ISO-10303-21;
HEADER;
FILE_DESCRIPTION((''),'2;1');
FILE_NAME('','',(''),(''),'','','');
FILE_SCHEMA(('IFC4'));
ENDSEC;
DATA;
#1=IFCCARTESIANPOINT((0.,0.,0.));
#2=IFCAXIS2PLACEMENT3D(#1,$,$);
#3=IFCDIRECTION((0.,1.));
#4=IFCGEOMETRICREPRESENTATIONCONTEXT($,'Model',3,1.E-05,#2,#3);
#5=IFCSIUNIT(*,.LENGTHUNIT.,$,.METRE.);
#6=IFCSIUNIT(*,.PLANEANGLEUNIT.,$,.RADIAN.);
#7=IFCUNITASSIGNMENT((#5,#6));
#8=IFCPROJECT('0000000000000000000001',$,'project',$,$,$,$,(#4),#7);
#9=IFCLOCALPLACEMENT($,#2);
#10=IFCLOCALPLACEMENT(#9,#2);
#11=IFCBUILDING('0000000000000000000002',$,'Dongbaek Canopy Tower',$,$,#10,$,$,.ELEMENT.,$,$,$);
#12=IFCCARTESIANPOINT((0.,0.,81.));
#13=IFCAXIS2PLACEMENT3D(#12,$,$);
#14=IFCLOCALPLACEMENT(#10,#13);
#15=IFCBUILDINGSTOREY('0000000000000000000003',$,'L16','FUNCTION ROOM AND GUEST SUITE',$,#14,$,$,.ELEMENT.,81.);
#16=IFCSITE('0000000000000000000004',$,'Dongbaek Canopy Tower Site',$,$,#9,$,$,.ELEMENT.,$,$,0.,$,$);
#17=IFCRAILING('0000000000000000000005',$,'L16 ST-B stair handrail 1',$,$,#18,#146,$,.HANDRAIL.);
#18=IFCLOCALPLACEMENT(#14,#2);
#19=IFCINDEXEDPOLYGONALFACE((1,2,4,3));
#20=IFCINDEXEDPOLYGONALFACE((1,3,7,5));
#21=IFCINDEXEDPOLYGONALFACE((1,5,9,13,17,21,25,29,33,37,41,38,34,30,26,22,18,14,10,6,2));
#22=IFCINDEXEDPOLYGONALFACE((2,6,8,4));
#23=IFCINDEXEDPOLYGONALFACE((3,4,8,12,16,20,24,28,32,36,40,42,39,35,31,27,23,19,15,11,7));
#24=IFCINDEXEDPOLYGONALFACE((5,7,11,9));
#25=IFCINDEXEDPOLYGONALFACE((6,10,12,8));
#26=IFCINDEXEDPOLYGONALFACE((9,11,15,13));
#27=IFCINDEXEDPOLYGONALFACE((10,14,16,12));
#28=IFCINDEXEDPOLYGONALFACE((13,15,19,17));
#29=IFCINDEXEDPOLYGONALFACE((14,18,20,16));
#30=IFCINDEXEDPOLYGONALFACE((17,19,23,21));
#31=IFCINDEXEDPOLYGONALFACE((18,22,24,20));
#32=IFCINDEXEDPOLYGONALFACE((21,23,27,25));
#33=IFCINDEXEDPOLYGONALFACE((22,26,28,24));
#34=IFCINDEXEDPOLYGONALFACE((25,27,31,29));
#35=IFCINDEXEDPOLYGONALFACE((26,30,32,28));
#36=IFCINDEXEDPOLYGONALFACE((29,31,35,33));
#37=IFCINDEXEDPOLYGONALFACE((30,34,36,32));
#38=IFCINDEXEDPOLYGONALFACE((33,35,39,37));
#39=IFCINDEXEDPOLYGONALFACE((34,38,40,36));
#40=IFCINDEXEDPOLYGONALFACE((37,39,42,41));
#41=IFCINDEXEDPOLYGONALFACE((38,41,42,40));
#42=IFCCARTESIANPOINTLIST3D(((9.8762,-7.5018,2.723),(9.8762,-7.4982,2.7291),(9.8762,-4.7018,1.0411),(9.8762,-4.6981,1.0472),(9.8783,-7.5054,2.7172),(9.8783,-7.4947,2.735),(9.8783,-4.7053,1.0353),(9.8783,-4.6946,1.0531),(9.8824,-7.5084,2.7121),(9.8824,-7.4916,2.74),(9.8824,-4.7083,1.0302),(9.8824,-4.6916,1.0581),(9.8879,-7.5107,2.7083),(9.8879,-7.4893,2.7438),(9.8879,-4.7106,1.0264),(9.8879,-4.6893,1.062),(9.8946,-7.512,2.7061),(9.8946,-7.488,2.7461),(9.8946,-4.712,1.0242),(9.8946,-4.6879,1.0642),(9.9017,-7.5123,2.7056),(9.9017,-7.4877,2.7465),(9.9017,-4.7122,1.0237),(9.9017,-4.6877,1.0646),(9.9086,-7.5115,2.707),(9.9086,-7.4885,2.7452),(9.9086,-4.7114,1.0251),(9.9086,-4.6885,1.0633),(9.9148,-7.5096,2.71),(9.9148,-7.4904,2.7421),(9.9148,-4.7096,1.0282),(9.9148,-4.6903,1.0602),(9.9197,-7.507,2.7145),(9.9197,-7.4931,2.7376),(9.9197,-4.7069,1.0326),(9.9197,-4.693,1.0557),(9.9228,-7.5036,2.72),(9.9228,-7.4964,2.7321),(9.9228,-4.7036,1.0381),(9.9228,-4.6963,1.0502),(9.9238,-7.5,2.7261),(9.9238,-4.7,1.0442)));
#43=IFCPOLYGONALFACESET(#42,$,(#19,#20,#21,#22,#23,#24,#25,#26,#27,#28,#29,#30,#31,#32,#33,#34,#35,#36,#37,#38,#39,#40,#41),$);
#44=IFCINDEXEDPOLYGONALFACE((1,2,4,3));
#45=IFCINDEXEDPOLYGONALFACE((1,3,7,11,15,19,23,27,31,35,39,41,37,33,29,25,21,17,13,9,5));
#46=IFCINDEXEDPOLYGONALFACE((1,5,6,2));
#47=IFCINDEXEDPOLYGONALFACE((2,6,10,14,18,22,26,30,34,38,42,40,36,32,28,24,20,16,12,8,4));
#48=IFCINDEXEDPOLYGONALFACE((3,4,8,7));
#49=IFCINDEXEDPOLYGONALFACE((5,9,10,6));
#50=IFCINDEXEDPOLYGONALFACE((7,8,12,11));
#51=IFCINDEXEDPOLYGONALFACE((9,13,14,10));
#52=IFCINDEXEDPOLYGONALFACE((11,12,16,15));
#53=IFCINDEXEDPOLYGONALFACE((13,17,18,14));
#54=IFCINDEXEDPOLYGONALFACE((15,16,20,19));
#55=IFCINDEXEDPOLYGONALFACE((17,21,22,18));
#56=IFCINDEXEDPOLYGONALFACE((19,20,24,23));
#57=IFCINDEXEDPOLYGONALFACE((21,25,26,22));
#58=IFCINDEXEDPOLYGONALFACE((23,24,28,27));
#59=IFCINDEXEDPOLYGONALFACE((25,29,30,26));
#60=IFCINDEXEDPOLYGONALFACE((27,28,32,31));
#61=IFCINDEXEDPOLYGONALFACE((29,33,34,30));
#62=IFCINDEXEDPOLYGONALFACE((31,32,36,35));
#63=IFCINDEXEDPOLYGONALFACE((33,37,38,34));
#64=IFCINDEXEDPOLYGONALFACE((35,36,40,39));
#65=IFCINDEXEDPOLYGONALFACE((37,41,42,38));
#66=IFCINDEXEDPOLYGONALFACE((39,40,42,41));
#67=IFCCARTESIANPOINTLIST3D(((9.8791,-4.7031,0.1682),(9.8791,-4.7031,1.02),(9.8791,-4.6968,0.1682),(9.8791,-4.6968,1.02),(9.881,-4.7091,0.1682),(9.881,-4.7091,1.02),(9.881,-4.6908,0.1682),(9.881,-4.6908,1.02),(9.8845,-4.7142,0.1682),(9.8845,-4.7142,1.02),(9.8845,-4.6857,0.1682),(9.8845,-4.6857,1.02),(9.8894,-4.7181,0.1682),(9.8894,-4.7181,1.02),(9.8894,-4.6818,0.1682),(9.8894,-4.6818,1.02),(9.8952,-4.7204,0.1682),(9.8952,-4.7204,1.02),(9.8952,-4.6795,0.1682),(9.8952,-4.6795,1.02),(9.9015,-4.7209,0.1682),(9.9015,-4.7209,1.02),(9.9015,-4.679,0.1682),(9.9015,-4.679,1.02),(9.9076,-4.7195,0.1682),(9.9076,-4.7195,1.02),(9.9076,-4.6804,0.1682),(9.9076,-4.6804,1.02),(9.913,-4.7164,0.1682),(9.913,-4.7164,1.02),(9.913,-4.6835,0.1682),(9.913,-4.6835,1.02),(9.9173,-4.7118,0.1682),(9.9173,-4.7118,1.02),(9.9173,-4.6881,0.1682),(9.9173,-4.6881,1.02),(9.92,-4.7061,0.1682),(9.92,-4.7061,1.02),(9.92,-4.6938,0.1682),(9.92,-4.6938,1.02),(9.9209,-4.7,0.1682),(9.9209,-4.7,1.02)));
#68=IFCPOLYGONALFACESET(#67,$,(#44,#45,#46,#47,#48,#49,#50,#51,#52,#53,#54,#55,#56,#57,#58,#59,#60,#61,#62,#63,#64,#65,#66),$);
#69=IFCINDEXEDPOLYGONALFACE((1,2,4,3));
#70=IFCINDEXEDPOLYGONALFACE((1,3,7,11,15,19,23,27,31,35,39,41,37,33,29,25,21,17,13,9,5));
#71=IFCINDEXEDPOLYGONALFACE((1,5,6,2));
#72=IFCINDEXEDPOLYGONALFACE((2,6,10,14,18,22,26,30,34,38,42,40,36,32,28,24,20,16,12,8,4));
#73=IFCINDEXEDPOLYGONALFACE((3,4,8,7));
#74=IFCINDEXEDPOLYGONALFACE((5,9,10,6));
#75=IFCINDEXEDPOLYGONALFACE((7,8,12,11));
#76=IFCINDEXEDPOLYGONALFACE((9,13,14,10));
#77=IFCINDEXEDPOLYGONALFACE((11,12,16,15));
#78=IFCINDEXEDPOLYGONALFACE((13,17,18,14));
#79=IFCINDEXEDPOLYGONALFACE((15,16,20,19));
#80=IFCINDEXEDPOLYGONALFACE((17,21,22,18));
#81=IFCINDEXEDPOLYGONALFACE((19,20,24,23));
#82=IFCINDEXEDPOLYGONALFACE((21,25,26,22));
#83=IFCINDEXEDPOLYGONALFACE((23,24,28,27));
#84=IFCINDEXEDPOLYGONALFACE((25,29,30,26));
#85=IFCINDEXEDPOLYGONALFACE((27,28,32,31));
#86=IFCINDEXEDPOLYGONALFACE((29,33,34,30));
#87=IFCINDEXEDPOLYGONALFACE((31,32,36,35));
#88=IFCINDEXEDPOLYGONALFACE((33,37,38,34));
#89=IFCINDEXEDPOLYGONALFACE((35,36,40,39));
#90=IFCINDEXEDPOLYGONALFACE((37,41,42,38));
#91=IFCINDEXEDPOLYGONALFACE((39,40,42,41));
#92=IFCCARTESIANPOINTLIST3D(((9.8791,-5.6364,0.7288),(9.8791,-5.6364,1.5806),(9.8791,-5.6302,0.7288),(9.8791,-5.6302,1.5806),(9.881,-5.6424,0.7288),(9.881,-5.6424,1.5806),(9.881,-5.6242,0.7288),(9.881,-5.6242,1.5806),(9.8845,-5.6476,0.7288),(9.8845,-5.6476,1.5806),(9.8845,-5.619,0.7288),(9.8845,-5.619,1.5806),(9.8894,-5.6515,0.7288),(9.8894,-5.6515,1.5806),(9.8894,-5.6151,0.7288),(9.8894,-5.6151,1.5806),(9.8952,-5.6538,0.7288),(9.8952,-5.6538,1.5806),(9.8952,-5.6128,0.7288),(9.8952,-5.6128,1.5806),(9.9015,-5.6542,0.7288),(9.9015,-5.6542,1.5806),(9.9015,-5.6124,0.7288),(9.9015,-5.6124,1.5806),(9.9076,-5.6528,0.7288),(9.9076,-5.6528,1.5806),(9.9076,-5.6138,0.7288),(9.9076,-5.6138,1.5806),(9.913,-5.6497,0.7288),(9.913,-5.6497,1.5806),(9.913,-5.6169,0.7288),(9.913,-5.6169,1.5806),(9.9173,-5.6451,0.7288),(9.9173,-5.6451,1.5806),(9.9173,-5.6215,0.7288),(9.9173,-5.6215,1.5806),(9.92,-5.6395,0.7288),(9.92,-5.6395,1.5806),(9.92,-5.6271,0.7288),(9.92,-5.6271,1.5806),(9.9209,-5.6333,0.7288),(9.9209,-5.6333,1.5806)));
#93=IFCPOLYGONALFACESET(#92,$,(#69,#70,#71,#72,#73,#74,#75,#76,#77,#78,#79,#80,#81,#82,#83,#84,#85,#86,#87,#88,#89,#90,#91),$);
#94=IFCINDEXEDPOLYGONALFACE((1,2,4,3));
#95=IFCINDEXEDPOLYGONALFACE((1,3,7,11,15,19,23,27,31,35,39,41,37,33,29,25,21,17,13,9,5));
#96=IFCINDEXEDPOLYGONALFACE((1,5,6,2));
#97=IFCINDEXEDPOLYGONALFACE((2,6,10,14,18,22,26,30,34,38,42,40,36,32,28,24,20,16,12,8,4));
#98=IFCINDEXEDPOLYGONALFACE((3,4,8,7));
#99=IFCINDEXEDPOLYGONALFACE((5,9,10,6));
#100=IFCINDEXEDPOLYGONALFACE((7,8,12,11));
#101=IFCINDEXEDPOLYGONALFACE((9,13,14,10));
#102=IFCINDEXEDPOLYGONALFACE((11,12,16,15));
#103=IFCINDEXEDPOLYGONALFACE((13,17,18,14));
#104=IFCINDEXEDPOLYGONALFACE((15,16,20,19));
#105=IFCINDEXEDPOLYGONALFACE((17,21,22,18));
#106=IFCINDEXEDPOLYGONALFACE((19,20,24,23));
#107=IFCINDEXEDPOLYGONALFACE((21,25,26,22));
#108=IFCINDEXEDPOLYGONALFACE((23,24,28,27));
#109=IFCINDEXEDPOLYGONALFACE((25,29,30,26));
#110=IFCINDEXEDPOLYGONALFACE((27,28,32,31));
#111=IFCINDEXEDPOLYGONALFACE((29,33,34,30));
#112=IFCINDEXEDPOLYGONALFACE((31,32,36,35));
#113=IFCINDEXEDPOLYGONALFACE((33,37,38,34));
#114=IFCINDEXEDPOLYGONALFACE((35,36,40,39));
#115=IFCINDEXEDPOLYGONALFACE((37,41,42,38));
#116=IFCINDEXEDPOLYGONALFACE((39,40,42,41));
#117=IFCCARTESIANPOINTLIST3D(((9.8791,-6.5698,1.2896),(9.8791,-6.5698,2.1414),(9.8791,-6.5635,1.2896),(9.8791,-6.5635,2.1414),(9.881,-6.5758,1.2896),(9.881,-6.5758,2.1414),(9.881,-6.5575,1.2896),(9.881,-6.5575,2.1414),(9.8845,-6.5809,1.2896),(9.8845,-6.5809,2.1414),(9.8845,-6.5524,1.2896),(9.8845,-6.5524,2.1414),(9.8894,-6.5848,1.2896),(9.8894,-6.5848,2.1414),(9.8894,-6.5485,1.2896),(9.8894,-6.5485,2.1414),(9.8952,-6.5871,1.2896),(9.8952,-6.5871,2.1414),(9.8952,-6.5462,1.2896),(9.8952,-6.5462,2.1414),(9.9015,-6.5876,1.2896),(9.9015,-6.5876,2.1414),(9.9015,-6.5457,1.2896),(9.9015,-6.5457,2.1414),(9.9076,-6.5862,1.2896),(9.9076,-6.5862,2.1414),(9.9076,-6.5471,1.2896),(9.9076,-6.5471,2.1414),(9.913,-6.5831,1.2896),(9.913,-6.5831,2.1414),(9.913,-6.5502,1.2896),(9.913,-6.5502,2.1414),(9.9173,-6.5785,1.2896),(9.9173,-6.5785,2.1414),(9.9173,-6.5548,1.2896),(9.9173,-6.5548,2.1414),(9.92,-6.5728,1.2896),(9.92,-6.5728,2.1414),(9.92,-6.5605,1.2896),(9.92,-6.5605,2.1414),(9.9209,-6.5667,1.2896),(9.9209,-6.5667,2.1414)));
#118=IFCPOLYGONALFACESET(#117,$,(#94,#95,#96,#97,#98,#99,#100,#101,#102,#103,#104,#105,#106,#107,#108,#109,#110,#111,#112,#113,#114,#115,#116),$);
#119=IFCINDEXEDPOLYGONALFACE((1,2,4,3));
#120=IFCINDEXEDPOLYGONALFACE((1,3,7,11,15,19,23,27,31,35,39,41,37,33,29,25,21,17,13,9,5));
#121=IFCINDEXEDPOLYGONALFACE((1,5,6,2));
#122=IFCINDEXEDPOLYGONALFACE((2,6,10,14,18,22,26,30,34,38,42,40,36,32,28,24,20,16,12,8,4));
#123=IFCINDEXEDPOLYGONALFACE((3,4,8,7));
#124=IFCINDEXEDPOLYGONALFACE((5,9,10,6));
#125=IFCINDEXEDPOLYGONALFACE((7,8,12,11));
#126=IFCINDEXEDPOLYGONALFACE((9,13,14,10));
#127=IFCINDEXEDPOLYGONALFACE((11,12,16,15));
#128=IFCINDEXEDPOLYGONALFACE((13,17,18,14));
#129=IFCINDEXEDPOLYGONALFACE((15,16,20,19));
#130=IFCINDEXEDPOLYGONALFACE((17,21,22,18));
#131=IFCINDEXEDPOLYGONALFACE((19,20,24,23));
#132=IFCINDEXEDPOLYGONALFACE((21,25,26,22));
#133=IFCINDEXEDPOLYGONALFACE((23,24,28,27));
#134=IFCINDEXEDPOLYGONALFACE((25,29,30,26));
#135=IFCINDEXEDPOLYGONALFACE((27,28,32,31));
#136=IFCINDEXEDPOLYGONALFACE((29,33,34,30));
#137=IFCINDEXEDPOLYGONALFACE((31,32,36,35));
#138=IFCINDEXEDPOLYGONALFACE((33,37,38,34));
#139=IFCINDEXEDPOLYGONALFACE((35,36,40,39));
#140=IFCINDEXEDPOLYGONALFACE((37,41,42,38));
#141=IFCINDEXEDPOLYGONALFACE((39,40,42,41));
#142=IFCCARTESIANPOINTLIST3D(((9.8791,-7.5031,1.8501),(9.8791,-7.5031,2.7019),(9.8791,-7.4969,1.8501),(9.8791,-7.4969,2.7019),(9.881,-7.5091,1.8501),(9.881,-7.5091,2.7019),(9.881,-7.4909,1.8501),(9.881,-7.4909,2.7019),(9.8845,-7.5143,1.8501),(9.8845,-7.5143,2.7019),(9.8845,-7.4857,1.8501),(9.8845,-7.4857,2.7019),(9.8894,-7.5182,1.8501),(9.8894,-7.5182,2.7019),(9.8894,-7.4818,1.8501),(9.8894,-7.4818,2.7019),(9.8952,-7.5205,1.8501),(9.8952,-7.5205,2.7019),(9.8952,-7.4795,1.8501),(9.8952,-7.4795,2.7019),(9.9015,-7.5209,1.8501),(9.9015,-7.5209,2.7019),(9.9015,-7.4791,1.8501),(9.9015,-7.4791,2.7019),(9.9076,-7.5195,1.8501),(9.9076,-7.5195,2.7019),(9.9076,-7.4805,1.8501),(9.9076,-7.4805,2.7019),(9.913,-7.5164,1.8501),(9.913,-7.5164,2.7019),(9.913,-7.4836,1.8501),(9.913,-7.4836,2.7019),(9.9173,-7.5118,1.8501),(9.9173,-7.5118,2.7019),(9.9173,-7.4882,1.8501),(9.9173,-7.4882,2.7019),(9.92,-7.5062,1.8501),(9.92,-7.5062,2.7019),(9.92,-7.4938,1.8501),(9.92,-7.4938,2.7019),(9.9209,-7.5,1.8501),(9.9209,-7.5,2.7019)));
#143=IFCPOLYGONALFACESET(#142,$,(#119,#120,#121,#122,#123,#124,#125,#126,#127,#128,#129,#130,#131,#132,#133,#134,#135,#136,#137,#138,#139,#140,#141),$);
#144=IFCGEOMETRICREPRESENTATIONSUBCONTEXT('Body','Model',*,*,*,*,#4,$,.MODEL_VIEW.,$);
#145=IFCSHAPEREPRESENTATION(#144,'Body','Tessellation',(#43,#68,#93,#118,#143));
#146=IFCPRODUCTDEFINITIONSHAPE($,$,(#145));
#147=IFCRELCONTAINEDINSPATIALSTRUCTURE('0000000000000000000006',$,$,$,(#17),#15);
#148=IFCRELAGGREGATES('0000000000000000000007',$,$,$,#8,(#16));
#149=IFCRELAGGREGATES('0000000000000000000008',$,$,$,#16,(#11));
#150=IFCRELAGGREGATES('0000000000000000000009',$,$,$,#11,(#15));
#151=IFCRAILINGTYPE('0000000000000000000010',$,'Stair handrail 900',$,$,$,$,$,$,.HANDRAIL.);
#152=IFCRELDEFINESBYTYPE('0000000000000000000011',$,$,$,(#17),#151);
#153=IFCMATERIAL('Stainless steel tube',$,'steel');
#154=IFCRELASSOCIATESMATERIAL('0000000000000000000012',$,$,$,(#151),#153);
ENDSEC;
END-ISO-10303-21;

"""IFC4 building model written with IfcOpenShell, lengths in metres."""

from ifc_helpers import new_model, si_unit, direction, frame, origin, origin_2d, place, context, subcontext, project, spatial, circle, extrude, material, type_object, element, save


model = new_model("IFC4")

# Units and contexts
model_context = context("Model", 3, precision=1e-05, world=origin(), true_north=direction((0.0, 1.0)))
body_context = subcontext(model_context, "Body", "Model", "MODEL_VIEW")
ifc_project = project(units=[si_unit("LENGTHUNIT", "METRE"), si_unit("PLANEANGLEUNIT", "RADIAN")], contexts=[model_context])

# Site, building, storey
site_placement = place(None, origin())
site = spatial("IfcSite", under=ifc_project, at=site_placement, Name="Dongbaek Canopy Tower Site", CompositionType="ELEMENT", RefElevation=0.0)
building_placement = place(site_placement, origin())
building = spatial("IfcBuilding", under=site, at=building_placement, Name="Dongbaek Canopy Tower", CompositionType="ELEMENT")
storey_placement = place(building_placement, frame((0.0, 0.0, 81.0)))
storey = spatial("IfcBuildingStorey", under=building, at=storey_placement, Name="L16", Description="FUNCTION ROOM AND GUEST SUITE", CompositionType="ELEMENT", Elevation=81.0)

# Railing
ifc_material_1 = material(Name="Stainless steel tube", Category="steel")
railing_type_1 = type_object("IfcRailingType", Name="Stair handrail 900", PredefinedType="HANDRAIL", material=ifc_material_1)
railing_1_placement = place(storey_placement, frame((9.8999, -4.7, 0.1682)))
element("IfcRailing", 1, at=railing_1_placement, inside=storey, type_object=railing_type_1, Name="L16 ST-B stair handrail 1", PredefinedType="HANDRAIL", context=body_context, shape_type="SweptSolid", body=[
    extrude(circle(Radius=0.0239, at=origin_2d()), frame((0.0, 0.0, 0.876), z_axis=(0.0, -0.857242, 0.514913), x_axis=(1.0, 0.0, 0.0)), (0.0, 0.0, 1.0), 3.2664),
    extrude(circle(Radius=0.021, at=origin_2d()), origin(), (0.0, 0.0, 1.0), 0.8518),
    extrude(circle(Radius=0.021, at=origin_2d()), frame((0.0, -0.9333, 0.5605)), (0.0, 0.0, 1.0), 0.8518),
    extrude(circle(Radius=0.021, at=origin_2d()), frame((0.0, -1.8667, 1.1213)), (0.0, 0.0, 1.0), 0.8518),
    extrude(circle(Radius=0.021, at=origin_2d()), frame((0.0, -2.8, 1.6819)), (0.0, 0.0, 1.0), 0.8518),
])

save(model, "model.ifc")
